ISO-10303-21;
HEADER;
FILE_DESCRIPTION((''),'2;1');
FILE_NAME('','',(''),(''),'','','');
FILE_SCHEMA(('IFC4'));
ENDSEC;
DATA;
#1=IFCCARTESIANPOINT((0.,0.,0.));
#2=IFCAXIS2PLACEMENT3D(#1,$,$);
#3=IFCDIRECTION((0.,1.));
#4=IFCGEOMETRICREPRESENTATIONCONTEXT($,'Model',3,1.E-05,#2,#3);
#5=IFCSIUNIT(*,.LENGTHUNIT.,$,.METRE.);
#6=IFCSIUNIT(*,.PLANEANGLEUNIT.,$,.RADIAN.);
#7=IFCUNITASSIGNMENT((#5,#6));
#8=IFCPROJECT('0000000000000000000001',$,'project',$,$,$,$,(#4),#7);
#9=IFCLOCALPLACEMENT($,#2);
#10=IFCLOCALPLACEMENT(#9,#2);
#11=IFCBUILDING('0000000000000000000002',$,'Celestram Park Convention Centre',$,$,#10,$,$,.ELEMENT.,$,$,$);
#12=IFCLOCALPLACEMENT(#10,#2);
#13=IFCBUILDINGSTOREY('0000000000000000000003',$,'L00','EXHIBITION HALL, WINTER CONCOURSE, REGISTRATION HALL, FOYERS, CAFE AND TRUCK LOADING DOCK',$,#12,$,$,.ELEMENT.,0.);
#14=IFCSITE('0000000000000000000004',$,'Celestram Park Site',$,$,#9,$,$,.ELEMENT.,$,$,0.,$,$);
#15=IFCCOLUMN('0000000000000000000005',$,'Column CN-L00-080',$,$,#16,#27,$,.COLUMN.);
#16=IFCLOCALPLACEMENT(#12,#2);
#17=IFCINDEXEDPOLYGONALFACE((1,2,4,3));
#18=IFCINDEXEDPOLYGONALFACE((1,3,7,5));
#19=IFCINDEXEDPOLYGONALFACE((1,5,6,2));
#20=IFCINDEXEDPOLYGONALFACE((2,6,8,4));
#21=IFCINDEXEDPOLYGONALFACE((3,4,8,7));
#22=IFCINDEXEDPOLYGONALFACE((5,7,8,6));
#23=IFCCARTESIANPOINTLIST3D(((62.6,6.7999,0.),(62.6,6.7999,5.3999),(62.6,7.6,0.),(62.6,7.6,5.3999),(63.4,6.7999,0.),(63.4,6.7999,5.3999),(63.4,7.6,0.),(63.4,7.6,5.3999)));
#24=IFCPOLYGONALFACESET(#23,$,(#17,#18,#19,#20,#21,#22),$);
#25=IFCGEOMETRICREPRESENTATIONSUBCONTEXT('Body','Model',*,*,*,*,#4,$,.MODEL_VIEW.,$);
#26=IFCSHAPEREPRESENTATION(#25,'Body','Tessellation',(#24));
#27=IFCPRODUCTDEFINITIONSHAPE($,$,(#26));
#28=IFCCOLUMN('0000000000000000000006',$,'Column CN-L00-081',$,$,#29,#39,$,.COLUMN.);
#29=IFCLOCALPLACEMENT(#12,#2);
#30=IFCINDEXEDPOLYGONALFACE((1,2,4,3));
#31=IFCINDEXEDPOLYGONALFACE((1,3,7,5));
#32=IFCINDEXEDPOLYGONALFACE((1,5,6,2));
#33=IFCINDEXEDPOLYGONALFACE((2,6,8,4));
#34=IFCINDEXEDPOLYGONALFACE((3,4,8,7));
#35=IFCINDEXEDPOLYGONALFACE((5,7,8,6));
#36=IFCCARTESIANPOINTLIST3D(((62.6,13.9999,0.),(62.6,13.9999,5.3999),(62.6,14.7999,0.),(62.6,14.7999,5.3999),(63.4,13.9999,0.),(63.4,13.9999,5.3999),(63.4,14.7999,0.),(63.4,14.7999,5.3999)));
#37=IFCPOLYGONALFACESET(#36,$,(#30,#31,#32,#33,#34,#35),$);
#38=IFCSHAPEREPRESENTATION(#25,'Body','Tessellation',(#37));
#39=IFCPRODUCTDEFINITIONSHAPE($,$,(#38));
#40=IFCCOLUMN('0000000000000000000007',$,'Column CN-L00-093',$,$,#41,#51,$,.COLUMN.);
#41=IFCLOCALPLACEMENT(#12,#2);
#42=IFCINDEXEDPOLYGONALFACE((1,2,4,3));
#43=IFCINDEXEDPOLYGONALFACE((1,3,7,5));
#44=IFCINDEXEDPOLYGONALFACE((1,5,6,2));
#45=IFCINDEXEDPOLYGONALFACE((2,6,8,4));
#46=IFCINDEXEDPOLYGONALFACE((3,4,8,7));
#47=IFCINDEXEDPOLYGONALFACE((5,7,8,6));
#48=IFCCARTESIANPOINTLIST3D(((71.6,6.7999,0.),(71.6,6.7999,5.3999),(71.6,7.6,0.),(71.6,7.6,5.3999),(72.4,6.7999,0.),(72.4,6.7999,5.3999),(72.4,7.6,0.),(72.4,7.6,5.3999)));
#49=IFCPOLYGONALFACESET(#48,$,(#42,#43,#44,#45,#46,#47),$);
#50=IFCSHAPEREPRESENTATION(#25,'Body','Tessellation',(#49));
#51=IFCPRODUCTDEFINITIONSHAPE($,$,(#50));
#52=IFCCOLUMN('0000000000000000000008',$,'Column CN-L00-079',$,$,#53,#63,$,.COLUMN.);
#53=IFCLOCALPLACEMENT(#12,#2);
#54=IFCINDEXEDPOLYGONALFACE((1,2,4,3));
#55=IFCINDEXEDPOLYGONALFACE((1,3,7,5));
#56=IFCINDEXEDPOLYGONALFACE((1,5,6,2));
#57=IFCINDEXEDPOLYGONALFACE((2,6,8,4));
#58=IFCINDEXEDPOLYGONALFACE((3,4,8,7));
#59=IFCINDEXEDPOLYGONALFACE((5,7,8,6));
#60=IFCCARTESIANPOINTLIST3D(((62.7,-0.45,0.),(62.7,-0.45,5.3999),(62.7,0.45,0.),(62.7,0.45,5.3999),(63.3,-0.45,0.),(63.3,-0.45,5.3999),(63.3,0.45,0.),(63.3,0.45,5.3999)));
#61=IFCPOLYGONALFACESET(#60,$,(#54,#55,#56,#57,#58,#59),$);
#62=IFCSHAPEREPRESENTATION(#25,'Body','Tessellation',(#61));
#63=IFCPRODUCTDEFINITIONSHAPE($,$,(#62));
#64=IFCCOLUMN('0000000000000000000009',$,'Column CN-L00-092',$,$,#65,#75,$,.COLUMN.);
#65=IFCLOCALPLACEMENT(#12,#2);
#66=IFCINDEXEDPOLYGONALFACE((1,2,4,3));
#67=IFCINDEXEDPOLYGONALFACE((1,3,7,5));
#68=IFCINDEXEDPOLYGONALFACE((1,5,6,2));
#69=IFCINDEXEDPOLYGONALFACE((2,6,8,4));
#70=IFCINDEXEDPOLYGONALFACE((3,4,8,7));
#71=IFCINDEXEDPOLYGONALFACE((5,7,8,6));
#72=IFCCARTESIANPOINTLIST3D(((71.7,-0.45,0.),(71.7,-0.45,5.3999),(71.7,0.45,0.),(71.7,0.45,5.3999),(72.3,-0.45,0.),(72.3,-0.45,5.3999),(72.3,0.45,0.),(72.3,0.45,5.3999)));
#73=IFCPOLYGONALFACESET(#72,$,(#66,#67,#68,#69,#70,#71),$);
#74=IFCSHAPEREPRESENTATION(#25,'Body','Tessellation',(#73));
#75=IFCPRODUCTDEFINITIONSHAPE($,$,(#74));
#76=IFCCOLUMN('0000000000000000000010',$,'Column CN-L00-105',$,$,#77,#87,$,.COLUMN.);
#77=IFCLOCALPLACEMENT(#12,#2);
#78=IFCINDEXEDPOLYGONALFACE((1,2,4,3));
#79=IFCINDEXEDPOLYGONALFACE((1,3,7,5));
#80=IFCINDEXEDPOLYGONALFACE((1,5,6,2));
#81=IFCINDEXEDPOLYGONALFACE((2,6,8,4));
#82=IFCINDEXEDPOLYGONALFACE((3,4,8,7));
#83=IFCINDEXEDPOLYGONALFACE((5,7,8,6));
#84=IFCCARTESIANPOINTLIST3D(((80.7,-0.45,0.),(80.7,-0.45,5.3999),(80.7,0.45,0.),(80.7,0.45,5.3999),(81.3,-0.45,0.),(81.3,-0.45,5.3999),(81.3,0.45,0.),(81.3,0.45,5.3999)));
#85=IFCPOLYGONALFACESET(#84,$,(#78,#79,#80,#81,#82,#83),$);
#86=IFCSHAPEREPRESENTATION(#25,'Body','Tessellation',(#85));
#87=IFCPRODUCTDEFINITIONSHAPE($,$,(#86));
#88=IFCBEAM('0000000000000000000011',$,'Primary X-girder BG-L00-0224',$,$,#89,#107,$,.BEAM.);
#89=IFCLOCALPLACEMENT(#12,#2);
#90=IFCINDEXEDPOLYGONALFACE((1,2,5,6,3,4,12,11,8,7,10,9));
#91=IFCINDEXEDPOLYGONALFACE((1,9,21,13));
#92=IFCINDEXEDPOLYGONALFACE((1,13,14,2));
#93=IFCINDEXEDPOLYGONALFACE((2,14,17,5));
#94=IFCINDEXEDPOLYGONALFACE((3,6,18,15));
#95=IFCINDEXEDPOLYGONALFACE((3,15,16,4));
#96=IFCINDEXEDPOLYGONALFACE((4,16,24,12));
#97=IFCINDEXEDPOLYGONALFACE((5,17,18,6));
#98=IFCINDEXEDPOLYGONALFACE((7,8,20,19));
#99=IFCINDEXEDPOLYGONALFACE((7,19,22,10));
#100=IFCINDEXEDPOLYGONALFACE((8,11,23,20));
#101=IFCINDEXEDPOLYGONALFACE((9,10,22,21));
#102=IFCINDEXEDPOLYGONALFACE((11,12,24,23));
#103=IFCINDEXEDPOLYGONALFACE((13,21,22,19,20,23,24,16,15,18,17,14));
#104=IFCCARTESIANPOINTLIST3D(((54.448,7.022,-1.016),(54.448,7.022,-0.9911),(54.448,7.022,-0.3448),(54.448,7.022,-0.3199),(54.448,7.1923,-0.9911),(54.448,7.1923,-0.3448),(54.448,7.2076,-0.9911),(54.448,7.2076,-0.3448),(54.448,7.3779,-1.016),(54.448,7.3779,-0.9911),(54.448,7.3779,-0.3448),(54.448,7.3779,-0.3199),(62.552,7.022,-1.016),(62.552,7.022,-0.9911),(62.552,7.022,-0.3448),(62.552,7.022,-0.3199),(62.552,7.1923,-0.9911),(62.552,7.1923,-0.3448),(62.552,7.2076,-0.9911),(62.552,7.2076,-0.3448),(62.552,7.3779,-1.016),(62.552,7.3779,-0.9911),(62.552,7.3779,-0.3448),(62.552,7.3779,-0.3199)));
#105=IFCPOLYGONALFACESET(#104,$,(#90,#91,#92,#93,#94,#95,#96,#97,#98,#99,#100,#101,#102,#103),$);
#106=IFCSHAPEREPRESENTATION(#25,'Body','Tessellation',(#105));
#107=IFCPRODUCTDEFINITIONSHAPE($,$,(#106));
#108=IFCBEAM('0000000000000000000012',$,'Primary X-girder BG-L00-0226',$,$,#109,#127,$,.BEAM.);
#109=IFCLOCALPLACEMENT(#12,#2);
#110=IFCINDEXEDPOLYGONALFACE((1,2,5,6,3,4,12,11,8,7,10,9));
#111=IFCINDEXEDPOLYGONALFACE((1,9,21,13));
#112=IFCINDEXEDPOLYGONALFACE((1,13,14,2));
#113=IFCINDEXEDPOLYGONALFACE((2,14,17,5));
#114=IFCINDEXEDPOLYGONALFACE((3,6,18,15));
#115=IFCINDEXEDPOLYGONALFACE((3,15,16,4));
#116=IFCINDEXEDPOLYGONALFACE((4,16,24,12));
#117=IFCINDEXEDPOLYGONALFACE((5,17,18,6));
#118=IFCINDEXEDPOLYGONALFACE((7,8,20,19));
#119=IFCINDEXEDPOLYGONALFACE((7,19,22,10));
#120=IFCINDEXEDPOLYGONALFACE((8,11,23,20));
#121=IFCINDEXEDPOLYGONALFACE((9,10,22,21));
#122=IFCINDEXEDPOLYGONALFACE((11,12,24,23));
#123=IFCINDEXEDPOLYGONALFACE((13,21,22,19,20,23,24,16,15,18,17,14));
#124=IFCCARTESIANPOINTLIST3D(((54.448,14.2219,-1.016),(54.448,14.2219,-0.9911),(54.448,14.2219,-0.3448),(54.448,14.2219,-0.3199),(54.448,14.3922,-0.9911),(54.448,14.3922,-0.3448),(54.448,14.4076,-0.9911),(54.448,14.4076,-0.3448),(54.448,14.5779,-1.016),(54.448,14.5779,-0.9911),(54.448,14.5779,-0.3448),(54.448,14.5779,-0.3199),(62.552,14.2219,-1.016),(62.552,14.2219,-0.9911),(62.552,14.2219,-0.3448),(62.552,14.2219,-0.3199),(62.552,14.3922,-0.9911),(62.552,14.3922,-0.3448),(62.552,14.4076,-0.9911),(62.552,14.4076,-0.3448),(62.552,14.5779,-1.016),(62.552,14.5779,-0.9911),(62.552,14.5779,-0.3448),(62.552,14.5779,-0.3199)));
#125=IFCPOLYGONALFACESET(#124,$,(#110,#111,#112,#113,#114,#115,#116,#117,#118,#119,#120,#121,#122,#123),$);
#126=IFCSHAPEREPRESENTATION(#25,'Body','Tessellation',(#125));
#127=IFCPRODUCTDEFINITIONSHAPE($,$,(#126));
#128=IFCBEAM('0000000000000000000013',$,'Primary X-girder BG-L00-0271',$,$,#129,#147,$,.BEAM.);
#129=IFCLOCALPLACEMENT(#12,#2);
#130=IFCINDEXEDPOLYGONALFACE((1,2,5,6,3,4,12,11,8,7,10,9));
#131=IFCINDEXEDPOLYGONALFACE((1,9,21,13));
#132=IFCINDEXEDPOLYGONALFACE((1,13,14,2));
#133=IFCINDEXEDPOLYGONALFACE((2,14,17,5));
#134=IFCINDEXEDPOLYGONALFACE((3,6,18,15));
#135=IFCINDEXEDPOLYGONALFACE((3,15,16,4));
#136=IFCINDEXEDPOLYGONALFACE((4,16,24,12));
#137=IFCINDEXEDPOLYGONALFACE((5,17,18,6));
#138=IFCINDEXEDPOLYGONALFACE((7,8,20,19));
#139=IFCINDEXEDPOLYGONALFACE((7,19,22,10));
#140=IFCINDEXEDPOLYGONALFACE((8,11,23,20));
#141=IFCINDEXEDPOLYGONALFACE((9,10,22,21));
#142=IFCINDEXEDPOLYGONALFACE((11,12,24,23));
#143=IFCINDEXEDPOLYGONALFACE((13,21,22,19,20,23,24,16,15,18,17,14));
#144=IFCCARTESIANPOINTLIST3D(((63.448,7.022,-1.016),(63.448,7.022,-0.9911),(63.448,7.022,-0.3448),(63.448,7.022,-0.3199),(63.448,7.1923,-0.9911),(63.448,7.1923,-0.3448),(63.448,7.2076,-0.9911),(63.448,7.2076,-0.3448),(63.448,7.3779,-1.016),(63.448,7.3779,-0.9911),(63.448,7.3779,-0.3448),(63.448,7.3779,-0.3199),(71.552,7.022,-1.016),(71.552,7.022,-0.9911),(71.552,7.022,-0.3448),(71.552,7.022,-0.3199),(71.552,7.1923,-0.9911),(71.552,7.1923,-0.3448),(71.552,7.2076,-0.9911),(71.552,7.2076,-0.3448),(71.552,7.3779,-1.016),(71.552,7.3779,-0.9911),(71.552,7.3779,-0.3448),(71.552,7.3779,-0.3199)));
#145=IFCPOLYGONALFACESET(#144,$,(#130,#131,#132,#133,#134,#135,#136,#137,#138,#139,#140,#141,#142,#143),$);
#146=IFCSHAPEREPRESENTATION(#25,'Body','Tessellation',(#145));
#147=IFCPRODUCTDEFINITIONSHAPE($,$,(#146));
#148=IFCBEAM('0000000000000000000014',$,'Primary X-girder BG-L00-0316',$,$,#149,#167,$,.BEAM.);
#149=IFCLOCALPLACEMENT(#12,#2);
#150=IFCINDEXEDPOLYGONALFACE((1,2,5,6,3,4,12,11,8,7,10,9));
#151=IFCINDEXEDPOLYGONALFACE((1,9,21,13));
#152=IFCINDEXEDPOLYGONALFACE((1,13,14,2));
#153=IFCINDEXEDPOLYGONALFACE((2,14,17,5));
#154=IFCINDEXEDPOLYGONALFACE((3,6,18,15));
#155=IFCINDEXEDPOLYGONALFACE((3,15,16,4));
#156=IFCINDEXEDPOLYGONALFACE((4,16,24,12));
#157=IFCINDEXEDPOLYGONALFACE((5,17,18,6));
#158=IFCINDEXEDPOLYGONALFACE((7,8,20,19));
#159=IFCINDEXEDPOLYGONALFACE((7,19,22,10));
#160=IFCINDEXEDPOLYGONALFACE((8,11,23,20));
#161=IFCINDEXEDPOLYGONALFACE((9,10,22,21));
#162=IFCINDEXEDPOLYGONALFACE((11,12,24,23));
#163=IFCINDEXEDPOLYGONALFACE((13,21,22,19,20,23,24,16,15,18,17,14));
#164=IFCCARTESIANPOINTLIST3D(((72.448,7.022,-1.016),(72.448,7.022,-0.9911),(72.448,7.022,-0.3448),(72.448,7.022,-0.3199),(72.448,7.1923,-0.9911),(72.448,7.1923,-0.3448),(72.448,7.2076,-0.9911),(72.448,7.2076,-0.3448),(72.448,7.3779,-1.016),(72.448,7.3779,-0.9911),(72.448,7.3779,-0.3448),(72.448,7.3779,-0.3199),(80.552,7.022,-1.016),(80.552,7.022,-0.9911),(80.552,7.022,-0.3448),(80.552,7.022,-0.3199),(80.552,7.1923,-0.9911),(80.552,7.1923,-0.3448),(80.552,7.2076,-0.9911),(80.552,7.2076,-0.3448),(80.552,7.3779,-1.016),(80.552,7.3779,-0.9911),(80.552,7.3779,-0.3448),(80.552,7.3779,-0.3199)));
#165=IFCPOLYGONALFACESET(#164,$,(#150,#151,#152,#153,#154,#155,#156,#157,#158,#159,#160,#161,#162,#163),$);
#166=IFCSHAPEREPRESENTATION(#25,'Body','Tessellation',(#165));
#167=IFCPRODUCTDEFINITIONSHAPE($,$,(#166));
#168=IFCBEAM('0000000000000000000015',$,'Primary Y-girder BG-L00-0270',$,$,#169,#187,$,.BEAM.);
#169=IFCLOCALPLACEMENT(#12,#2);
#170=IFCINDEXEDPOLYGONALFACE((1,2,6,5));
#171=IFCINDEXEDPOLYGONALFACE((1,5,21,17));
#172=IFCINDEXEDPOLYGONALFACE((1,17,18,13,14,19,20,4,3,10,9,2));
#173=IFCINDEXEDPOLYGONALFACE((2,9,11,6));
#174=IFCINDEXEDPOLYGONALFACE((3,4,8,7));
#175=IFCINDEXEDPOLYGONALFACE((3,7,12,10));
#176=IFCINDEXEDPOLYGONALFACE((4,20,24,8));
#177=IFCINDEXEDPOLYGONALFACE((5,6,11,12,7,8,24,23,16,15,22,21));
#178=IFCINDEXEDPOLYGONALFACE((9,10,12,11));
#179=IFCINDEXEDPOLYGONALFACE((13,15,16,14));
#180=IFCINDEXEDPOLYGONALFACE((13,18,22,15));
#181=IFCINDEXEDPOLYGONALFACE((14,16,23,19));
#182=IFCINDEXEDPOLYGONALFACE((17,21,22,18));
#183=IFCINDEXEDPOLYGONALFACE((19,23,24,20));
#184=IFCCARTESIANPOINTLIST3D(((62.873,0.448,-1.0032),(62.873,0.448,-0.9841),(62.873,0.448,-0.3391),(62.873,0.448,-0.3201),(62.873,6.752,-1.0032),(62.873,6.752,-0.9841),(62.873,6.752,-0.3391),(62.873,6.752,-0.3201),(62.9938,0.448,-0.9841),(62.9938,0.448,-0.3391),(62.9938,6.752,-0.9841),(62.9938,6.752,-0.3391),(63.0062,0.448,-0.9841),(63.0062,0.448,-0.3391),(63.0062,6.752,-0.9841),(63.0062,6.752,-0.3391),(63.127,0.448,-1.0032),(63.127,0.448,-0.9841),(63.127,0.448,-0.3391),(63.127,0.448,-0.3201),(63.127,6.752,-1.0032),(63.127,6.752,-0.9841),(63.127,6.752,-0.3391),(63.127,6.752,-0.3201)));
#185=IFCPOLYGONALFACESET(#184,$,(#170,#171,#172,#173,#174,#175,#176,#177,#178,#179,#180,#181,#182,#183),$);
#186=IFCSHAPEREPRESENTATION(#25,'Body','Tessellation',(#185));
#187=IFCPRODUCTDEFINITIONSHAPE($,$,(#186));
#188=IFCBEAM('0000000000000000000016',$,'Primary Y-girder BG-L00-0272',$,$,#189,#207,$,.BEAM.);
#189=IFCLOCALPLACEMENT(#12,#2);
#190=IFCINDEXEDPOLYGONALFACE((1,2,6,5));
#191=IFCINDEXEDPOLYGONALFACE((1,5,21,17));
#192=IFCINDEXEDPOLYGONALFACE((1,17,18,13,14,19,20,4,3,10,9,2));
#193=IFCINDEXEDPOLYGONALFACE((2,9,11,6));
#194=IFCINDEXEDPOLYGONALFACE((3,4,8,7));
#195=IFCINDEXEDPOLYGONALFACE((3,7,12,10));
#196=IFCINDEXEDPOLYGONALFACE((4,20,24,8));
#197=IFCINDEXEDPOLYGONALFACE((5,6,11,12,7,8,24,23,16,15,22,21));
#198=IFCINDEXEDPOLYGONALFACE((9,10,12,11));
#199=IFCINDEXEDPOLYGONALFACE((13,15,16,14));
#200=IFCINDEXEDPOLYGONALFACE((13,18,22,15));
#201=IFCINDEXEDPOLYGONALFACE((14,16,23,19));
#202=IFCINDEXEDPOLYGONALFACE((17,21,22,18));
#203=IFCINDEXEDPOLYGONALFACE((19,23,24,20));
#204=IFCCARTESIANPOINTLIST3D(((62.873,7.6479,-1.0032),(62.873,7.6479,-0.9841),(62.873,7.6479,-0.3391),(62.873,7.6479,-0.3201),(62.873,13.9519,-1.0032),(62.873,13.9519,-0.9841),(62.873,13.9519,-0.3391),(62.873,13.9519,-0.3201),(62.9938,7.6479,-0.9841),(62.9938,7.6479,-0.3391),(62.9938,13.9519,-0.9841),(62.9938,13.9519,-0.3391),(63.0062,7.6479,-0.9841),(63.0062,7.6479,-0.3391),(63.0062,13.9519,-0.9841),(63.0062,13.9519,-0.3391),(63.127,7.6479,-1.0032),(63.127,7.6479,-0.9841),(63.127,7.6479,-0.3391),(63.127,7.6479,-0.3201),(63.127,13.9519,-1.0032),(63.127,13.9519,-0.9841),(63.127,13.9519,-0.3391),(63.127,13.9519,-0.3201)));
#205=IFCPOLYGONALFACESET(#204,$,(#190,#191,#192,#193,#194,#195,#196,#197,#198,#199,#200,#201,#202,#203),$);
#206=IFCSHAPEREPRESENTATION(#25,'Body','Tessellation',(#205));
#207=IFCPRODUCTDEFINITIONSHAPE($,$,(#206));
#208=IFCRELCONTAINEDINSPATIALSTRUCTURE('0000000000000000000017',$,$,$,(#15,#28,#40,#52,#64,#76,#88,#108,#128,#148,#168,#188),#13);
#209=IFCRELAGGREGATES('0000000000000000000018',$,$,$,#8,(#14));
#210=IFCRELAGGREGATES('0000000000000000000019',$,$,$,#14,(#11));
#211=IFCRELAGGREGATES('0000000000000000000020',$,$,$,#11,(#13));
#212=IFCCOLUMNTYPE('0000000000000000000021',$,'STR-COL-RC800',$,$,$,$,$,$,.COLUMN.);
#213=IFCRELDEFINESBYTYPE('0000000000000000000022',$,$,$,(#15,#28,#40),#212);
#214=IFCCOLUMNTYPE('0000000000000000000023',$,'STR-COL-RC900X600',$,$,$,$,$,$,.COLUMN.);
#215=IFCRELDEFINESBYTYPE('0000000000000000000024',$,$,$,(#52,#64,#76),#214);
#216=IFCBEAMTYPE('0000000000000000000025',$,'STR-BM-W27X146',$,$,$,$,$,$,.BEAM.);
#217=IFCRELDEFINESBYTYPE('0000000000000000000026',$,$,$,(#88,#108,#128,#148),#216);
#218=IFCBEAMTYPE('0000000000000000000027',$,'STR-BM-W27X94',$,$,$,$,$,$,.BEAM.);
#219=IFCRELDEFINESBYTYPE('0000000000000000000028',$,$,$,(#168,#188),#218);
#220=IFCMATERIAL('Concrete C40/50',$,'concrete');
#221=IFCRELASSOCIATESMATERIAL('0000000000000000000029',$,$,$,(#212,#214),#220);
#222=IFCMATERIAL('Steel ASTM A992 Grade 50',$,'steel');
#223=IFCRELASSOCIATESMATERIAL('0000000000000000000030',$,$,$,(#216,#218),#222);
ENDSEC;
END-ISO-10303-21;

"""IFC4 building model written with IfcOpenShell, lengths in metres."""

from ifc_helpers import new_model, si_unit, direction, frame, origin, origin_2d, place, context, subcontext, project, spatial, rectangle, i_section, extrude, material, material_profile, profile_set, type_object, element, save


model = new_model("IFC4")

# Units and contexts
model_context = context("Model", 3, precision=1e-05, world=origin(), true_north=direction((0.0, 1.0)))
body_context = subcontext(model_context, "Body", "Model", "MODEL_VIEW")
ifc_project = project(units=[si_unit("LENGTHUNIT", "METRE"), si_unit("PLANEANGLEUNIT", "RADIAN")], contexts=[model_context])

# Site, building, storey
site_placement = place(None, origin())
site = spatial("IfcSite", under=ifc_project, at=site_placement, Name="Celestram Park Site", CompositionType="ELEMENT", RefElevation=0.0)
building_placement = place(site_placement, origin())
building = spatial("IfcBuilding", under=site, at=building_placement, Name="Celestram Park Convention Centre", CompositionType="ELEMENT")
storey_placement = place(building_placement, origin())
storey = spatial("IfcBuildingStorey", under=building, at=storey_placement, Name="L00", Description="EXHIBITION HALL, WINTER CONCOURSE, REGISTRATION HALL, FOYERS, CAFE AND TRUCK LOADING DOCK", CompositionType="ELEMENT", Elevation=0.0)

# Columns
ifc_material_1 = material(Name="Concrete C40/50", Category="concrete")
ifc_material_profile_1 = material_profile(ifc_material_1, rectangle(XDim=0.8, YDim=0.8, at=origin_2d()), Name="RC800X800")
ifc_profile_set_1 = profile_set([ifc_material_profile_1], Name="Concrete C40/50")
column_type_1 = type_object("IfcColumnType", Name="STR-COL-RC800", PredefinedType="COLUMN", material=ifc_profile_set_1)
for number, where, z_axis, x_axis, name in (
    (1, (63.0, 7.2, 0.0), (0.0, 0.0, 1.0), (1.0, 0.0, 0.0), "Column CN-L00-080"),
    (2, (63.0, 14.3999, 0.0), (0.0, 0.0, 1.0), (1.0, 0.0, 0.0), "Column CN-L00-081"),
    (3, (72.0, 7.2, 0.0), (0.0, 0.0, 1.0), (1.0, 0.0, 0.0), "Column CN-L00-093"),
):
    element("IfcColumn", number, at=place(storey_placement, frame(where, z_axis=z_axis, x_axis=x_axis)), inside=storey, type_object=column_type_1, Name=name, PredefinedType="COLUMN", context=body_context, shape_type="SweptSolid", body=[
        extrude(rectangle(XDim=0.8, YDim=0.8, at=origin_2d()), origin(), (0.0, 0.0, 1.0), 5.3999),
    ])
ifc_material_profile_2 = material_profile(ifc_material_1, rectangle(XDim=0.6001, YDim=0.8999, at=origin_2d()), Name="RC900X600")
ifc_profile_set_2 = profile_set([ifc_material_profile_2], Name="Concrete C40/50")
column_type_2 = type_object("IfcColumnType", Name="STR-COL-RC900X600", PredefinedType="COLUMN", material=ifc_profile_set_2)
for number, where, z_axis, x_axis, name in (
    (4, (63.0, 0.0, 0.0), (0.0, 0.0, 1.0), (1.0, 0.0, 0.0), "Column CN-L00-079"),
    (5, (72.0, 0.0, 0.0), (0.0, 0.0, 1.0), (1.0, 0.0, 0.0), "Column CN-L00-092"),
    (6, (81.0, 0.0, 0.0), (0.0, 0.0, 1.0), (1.0, 0.0, 0.0), "Column CN-L00-105"),
):
    element("IfcColumn", number, at=place(storey_placement, frame(where, z_axis=z_axis, x_axis=x_axis)), inside=storey, type_object=column_type_2, Name=name, PredefinedType="COLUMN", context=body_context, shape_type="SweptSolid", body=[
        extrude(rectangle(XDim=0.6001, YDim=0.8999, at=origin_2d()), origin(), (0.0, 0.0, 1.0), 5.3999),
    ])

# Beams
ifc_material_2 = material(Name="Steel ASTM A992 Grade 50", Category="steel")
ifc_material_profile_3 = material_profile(ifc_material_2, i_section(OverallWidth=0.356, OverallDepth=0.696, WebThickness=0.0154, FlangeThickness=0.0249, at=origin_2d()), Name="W27X146")
ifc_profile_set_3 = profile_set([ifc_material_profile_3], Name="Steel ASTM A992 Grade 50")
beam_type_1 = type_object("IfcBeamType", Name="STR-BM-W27X146", PredefinedType="BEAM", material=ifc_profile_set_3)
for number, where, z_axis, x_axis, name in (
    (7, (54.448, 7.2, -0.668), (1.0, 0.0, 0.0), (0.0, 1.0, 0.0), "Primary X-girder BG-L00-0224"),
    (8, (54.448, 14.3999, -0.668), (1.0, 0.0, 0.0), (0.0, 1.0, 0.0), "Primary X-girder BG-L00-0226"),
    (9, (63.448, 7.2, -0.668), (1.0, 0.0, 0.0), (0.0, 1.0, 0.0), "Primary X-girder BG-L00-0271"),
    (10, (72.448, 7.2, -0.668), (1.0, 0.0, 0.0), (0.0, 1.0, 0.0), "Primary X-girder BG-L00-0316"),
):
    element("IfcBeam", number, at=place(storey_placement, frame(where, z_axis=z_axis, x_axis=x_axis)), inside=storey, type_object=beam_type_1, Name=name, PredefinedType="BEAM", context=body_context, shape_type="SweptSolid", body=[
        extrude(i_section(OverallWidth=0.356, OverallDepth=0.696, WebThickness=0.0154, FlangeThickness=0.0249, at=origin_2d()), origin(), (0.0, 0.0, 1.0), 8.104),
    ])
ifc_material_profile_4 = material_profile(ifc_material_2, i_section(OverallWidth=0.2539, OverallDepth=0.6831, WebThickness=0.0125, FlangeThickness=0.019, at=origin_2d()), Name="W27X94")
ifc_profile_set_4 = profile_set([ifc_material_profile_4], Name="Steel ASTM A992 Grade 50")
beam_type_2 = type_object("IfcBeamType", Name="STR-BM-W27X94", PredefinedType="BEAM", material=ifc_profile_set_4)
for number, where, z_axis, x_axis, name in (
    (11, (63.0, 0.448, -0.6616), (0.0, 1.0, 0.0), (-1.0, 0.0, 0.0), "Primary Y-girder BG-L00-0270"),
    (12, (63.0, 7.6479, -0.6616), (0.0, 1.0, 0.0), (-1.0, 0.0, 0.0), "Primary Y-girder BG-L00-0272"),
):
    element("IfcBeam", number, at=place(storey_placement, frame(where, z_axis=z_axis, x_axis=x_axis)), inside=storey, type_object=beam_type_2, Name=name, PredefinedType="BEAM", context=body_context, shape_type="SweptSolid", body=[
        extrude(i_section(OverallWidth=0.2539, OverallDepth=0.6831, WebThickness=0.0125, FlangeThickness=0.019, at=origin_2d()), origin(), (0.0, 0.0, 1.0), 6.304),
    ])

save(model, "model.ifc")
